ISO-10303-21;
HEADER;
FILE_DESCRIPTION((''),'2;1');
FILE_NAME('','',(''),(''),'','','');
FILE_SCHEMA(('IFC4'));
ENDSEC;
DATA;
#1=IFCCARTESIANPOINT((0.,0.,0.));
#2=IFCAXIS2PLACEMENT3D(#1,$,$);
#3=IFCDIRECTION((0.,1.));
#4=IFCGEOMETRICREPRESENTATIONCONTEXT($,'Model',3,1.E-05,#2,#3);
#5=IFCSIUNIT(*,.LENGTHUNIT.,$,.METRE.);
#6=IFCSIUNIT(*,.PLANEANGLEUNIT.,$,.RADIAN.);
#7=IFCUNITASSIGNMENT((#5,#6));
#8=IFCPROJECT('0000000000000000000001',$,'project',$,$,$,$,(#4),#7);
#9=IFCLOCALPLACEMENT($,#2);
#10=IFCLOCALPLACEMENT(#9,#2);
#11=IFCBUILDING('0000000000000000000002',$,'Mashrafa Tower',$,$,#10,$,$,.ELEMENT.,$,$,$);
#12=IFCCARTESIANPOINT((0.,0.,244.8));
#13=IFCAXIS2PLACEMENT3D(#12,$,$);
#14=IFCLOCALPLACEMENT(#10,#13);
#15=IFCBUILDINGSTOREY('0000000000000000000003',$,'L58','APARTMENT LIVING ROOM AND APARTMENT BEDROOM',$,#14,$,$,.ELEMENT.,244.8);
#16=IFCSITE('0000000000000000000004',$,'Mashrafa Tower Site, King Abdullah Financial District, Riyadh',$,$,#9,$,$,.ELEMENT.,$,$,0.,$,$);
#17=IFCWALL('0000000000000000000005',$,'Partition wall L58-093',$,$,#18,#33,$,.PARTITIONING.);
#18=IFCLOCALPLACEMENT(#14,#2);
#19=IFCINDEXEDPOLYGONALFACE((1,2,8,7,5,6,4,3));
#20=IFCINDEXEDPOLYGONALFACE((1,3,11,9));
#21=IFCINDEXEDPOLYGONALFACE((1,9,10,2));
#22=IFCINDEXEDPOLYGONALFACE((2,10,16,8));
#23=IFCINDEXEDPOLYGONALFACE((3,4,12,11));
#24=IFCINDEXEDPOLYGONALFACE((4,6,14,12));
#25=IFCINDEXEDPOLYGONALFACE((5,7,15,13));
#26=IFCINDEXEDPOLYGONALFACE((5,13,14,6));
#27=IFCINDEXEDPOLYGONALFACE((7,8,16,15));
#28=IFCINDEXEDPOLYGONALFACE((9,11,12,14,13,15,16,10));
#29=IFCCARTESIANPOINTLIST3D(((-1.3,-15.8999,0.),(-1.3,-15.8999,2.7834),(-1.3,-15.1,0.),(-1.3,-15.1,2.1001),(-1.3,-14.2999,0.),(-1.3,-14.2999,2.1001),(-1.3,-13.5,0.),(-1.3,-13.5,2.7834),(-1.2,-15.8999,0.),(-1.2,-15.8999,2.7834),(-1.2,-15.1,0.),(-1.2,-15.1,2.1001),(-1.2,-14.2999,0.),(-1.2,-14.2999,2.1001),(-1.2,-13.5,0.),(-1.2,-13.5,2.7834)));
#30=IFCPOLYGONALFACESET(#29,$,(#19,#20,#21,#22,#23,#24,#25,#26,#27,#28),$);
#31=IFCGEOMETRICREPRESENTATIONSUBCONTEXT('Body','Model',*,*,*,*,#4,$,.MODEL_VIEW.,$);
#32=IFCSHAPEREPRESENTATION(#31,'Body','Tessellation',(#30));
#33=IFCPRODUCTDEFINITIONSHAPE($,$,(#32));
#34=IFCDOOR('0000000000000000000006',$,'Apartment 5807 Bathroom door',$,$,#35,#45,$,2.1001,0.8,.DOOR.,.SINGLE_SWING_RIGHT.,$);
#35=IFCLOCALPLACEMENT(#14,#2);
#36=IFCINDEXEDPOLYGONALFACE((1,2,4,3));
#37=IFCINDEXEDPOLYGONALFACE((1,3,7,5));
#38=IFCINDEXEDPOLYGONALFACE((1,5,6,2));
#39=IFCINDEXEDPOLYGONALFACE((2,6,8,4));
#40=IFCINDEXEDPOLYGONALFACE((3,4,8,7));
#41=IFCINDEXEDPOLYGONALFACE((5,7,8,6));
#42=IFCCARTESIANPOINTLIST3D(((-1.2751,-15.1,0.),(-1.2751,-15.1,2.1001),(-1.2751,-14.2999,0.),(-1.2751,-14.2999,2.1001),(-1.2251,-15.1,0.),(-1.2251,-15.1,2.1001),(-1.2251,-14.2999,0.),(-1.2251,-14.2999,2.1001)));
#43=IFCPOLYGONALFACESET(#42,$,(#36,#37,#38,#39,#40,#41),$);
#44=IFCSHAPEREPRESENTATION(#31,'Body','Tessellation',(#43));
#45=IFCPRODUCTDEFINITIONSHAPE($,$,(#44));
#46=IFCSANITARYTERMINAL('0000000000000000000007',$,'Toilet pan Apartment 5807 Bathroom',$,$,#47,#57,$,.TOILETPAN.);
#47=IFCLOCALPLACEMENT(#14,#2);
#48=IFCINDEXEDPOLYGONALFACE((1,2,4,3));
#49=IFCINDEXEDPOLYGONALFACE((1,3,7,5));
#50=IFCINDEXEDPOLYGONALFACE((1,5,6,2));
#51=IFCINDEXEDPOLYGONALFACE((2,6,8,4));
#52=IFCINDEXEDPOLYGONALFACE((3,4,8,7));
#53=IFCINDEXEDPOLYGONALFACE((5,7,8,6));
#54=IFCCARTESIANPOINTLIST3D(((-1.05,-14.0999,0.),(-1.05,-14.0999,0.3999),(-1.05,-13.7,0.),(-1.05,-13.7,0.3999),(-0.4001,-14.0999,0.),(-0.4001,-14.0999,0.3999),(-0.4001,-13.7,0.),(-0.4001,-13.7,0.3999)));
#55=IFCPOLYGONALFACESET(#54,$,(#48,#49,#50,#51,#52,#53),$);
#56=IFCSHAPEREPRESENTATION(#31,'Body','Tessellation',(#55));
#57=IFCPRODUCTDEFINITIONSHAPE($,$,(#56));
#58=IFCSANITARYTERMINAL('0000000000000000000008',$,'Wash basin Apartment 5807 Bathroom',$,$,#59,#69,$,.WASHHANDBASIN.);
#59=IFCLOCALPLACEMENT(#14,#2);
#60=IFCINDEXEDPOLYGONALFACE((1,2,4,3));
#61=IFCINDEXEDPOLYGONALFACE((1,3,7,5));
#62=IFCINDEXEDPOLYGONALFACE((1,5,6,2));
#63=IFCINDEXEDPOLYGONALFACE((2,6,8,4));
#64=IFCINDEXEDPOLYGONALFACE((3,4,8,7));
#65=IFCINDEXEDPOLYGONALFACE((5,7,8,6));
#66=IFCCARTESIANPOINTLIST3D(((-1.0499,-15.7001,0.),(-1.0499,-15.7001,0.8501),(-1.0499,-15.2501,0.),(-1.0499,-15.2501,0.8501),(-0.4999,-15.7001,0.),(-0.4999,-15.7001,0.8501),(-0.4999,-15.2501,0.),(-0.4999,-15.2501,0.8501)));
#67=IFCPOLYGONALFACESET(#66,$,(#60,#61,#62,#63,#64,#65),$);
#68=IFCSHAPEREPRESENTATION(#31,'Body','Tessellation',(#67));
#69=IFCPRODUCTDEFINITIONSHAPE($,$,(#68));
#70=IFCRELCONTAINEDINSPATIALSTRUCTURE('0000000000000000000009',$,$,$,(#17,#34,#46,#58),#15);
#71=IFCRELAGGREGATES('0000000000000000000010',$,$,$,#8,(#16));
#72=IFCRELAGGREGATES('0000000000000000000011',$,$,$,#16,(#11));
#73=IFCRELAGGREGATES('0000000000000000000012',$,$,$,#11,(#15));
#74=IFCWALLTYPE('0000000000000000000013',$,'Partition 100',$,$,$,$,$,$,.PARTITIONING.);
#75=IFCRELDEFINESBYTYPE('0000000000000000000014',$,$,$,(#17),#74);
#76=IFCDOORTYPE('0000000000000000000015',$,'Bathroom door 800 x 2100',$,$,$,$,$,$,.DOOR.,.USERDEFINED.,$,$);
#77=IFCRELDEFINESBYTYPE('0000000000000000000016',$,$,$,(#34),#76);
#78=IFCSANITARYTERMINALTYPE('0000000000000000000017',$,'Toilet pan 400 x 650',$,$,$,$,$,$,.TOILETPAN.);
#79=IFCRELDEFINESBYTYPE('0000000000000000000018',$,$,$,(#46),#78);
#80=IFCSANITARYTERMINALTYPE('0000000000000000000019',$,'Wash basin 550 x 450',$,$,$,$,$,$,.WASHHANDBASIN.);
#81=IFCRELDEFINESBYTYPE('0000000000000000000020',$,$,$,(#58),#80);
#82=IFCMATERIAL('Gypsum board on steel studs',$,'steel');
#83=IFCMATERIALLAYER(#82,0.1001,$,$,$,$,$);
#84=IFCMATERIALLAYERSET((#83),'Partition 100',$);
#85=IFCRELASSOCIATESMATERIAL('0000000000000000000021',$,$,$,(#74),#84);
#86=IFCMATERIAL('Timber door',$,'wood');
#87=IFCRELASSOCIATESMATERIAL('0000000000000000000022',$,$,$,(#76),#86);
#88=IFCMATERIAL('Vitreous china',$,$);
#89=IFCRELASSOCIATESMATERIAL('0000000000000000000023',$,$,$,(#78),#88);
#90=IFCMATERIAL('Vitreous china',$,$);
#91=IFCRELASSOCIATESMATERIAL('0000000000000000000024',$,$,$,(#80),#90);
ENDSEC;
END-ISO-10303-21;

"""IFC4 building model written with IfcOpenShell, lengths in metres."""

from ifc_helpers import new_model, si_unit, direction, frame, frame_2d, origin, origin_2d, place, context, subcontext, project, spatial, rectangle, extrude, material, layer, layer_set, type_object, element, fill, save


model = new_model("IFC4")

# Units and contexts
model_context = context("Model", 3, precision=1e-05, world=origin(), true_north=direction((0.0, 1.0)))
body_context = subcontext(model_context, "Body", "Model", "MODEL_VIEW")
ifc_project = project(units=[si_unit("LENGTHUNIT", "METRE"), si_unit("PLANEANGLEUNIT", "RADIAN")], contexts=[model_context])

# Site, building, storey
site_placement = place(None, origin())
site = spatial("IfcSite", under=ifc_project, at=site_placement, Name="Mashrafa Tower Site, King Abdullah Financial District, Riyadh", CompositionType="ELEMENT", RefElevation=0.0)
building_placement = place(site_placement, origin())
building = spatial("IfcBuilding", under=site, at=building_placement, Name="Mashrafa Tower", CompositionType="ELEMENT")
storey_placement = place(building_placement, frame((0.0, 0.0, 244.8)))
storey = spatial("IfcBuildingStorey", under=building, at=storey_placement, Name="L58", Description="APARTMENT LIVING ROOM AND APARTMENT BEDROOM", CompositionType="ELEMENT", Elevation=244.8)

# Wall, opening, door
ifc_material_1 = material(Name="Gypsum board on steel studs", Category="steel")
ifc_layer_1 = layer(ifc_material_1, 0.1001)
ifc_layer_set_1 = layer_set([ifc_layer_1], Name="Partition 100")
wall_type_1 = type_object("IfcWallType", Name="Partition 100", PredefinedType="PARTITIONING", material=ifc_layer_set_1)
wall_1_placement = place(storey_placement, frame((-1.25, -13.5, 0.0), z_axis=(0.0, 0.0, 1.0), x_axis=(0.0, -1.0, 0.0)))
wall_1 = element("IfcWall", 1, at=wall_1_placement, inside=storey, type_object=wall_type_1, Name="Partition wall L58-093", PredefinedType="PARTITIONING", context=body_context, shape_type="SweptSolid", body=[
    extrude(rectangle(XDim=2.3999, YDim=0.1001, at=frame_2d((1.2, 0.0))), origin(), (0.0, 0.0, 1.0), 2.7834),
])
opening_1_placement = place(wall_1_placement, frame((0.8, 0.0, 0.0)))
opening_1 = element("IfcOpeningElement", 2, at=opening_1_placement, cuts=wall_1, PredefinedType="OPENING", context=body_context, shape_type="SweptSolid", body=[
    extrude(rectangle(XDim=0.8, YDim=2.1001, at=frame_2d((0.3999, 1.05))), frame((0.0, 0.0601, 0.0), z_axis=(0.0, -1.0, 0.0), x_axis=(1.0, 0.0, 0.0)), (0.0, 0.0, 1.0), 0.1201),
])
ifc_material_2 = material(Name="Timber door", Category="wood")
door_type_1 = type_object("IfcDoorType", Name="Bathroom door 800 x 2100", OperationType="USERDEFINED", PredefinedType="DOOR", material=ifc_material_2)
door_1_placement = place(opening_1_placement, origin())
door_1 = element("IfcDoor", 3, at=door_1_placement, inside=storey, type_object=door_type_1, Name="Apartment 5807 Bathroom door", OperationType="SINGLE_SWING_RIGHT", OverallHeight=2.1001, OverallWidth=0.8, PredefinedType="DOOR", context=body_context, shape_type="SweptSolid", body=[
    extrude(rectangle(XDim=0.8, YDim=2.1001, at=frame_2d((0.3999, 1.05))), frame((0.0, 0.0249, 0.0), z_axis=(0.0, -1.0, 0.0), x_axis=(1.0, 0.0, 0.0)), (0.0, 0.0, 1.0), 0.05),
])
fill(opening_1, door_1)

# Sanitary terminals
ifc_material_3 = material(Name="Vitreous china")
sanitary_terminal_type_1 = type_object("IfcSanitaryTerminalType", Name="Toilet pan 400 x 650", PredefinedType="TOILETPAN", material=ifc_material_3)
sanitary_terminal_1_placement = place(storey_placement, frame((-0.7251, -13.8999, 0.0), z_axis=(0.0, 0.0, 1.0), x_axis=(0.0, -1.0, 0.0)))
element("IfcSanitaryTerminal", 4, at=sanitary_terminal_1_placement, inside=storey, type_object=sanitary_terminal_type_1, Name="Toilet pan Apartment 5807 Bathroom", PredefinedType="TOILETPAN", context=body_context, shape_type="SweptSolid", body=[
    extrude(rectangle(XDim=0.3999, YDim=0.6499, at=origin_2d()), origin(), (0.0, 0.0, 1.0), 0.3999),
])
ifc_material_4 = material(Name="Vitreous china")
sanitary_terminal_type_2 = type_object("IfcSanitaryTerminalType", Name="Wash basin 550 x 450", PredefinedType="WASHHANDBASIN", material=ifc_material_4)
sanitary_terminal_2_placement = place(storey_placement, frame((-0.7749, -15.4751, 0.0), z_axis=(0.0, 0.0, 1.0), x_axis=(1.0, 0.0, 0.0)))
element("IfcSanitaryTerminal", 5, at=sanitary_terminal_2_placement, inside=storey, type_object=sanitary_terminal_type_2, Name="Wash basin Apartment 5807 Bathroom", PredefinedType="WASHHANDBASIN", context=body_context, shape_type="SweptSolid", body=[
    extrude(rectangle(XDim=0.55, YDim=0.45, at=origin_2d()), origin(), (0.0, 0.0, 1.0), 0.8501),
])

save(model, "model.ifc")
